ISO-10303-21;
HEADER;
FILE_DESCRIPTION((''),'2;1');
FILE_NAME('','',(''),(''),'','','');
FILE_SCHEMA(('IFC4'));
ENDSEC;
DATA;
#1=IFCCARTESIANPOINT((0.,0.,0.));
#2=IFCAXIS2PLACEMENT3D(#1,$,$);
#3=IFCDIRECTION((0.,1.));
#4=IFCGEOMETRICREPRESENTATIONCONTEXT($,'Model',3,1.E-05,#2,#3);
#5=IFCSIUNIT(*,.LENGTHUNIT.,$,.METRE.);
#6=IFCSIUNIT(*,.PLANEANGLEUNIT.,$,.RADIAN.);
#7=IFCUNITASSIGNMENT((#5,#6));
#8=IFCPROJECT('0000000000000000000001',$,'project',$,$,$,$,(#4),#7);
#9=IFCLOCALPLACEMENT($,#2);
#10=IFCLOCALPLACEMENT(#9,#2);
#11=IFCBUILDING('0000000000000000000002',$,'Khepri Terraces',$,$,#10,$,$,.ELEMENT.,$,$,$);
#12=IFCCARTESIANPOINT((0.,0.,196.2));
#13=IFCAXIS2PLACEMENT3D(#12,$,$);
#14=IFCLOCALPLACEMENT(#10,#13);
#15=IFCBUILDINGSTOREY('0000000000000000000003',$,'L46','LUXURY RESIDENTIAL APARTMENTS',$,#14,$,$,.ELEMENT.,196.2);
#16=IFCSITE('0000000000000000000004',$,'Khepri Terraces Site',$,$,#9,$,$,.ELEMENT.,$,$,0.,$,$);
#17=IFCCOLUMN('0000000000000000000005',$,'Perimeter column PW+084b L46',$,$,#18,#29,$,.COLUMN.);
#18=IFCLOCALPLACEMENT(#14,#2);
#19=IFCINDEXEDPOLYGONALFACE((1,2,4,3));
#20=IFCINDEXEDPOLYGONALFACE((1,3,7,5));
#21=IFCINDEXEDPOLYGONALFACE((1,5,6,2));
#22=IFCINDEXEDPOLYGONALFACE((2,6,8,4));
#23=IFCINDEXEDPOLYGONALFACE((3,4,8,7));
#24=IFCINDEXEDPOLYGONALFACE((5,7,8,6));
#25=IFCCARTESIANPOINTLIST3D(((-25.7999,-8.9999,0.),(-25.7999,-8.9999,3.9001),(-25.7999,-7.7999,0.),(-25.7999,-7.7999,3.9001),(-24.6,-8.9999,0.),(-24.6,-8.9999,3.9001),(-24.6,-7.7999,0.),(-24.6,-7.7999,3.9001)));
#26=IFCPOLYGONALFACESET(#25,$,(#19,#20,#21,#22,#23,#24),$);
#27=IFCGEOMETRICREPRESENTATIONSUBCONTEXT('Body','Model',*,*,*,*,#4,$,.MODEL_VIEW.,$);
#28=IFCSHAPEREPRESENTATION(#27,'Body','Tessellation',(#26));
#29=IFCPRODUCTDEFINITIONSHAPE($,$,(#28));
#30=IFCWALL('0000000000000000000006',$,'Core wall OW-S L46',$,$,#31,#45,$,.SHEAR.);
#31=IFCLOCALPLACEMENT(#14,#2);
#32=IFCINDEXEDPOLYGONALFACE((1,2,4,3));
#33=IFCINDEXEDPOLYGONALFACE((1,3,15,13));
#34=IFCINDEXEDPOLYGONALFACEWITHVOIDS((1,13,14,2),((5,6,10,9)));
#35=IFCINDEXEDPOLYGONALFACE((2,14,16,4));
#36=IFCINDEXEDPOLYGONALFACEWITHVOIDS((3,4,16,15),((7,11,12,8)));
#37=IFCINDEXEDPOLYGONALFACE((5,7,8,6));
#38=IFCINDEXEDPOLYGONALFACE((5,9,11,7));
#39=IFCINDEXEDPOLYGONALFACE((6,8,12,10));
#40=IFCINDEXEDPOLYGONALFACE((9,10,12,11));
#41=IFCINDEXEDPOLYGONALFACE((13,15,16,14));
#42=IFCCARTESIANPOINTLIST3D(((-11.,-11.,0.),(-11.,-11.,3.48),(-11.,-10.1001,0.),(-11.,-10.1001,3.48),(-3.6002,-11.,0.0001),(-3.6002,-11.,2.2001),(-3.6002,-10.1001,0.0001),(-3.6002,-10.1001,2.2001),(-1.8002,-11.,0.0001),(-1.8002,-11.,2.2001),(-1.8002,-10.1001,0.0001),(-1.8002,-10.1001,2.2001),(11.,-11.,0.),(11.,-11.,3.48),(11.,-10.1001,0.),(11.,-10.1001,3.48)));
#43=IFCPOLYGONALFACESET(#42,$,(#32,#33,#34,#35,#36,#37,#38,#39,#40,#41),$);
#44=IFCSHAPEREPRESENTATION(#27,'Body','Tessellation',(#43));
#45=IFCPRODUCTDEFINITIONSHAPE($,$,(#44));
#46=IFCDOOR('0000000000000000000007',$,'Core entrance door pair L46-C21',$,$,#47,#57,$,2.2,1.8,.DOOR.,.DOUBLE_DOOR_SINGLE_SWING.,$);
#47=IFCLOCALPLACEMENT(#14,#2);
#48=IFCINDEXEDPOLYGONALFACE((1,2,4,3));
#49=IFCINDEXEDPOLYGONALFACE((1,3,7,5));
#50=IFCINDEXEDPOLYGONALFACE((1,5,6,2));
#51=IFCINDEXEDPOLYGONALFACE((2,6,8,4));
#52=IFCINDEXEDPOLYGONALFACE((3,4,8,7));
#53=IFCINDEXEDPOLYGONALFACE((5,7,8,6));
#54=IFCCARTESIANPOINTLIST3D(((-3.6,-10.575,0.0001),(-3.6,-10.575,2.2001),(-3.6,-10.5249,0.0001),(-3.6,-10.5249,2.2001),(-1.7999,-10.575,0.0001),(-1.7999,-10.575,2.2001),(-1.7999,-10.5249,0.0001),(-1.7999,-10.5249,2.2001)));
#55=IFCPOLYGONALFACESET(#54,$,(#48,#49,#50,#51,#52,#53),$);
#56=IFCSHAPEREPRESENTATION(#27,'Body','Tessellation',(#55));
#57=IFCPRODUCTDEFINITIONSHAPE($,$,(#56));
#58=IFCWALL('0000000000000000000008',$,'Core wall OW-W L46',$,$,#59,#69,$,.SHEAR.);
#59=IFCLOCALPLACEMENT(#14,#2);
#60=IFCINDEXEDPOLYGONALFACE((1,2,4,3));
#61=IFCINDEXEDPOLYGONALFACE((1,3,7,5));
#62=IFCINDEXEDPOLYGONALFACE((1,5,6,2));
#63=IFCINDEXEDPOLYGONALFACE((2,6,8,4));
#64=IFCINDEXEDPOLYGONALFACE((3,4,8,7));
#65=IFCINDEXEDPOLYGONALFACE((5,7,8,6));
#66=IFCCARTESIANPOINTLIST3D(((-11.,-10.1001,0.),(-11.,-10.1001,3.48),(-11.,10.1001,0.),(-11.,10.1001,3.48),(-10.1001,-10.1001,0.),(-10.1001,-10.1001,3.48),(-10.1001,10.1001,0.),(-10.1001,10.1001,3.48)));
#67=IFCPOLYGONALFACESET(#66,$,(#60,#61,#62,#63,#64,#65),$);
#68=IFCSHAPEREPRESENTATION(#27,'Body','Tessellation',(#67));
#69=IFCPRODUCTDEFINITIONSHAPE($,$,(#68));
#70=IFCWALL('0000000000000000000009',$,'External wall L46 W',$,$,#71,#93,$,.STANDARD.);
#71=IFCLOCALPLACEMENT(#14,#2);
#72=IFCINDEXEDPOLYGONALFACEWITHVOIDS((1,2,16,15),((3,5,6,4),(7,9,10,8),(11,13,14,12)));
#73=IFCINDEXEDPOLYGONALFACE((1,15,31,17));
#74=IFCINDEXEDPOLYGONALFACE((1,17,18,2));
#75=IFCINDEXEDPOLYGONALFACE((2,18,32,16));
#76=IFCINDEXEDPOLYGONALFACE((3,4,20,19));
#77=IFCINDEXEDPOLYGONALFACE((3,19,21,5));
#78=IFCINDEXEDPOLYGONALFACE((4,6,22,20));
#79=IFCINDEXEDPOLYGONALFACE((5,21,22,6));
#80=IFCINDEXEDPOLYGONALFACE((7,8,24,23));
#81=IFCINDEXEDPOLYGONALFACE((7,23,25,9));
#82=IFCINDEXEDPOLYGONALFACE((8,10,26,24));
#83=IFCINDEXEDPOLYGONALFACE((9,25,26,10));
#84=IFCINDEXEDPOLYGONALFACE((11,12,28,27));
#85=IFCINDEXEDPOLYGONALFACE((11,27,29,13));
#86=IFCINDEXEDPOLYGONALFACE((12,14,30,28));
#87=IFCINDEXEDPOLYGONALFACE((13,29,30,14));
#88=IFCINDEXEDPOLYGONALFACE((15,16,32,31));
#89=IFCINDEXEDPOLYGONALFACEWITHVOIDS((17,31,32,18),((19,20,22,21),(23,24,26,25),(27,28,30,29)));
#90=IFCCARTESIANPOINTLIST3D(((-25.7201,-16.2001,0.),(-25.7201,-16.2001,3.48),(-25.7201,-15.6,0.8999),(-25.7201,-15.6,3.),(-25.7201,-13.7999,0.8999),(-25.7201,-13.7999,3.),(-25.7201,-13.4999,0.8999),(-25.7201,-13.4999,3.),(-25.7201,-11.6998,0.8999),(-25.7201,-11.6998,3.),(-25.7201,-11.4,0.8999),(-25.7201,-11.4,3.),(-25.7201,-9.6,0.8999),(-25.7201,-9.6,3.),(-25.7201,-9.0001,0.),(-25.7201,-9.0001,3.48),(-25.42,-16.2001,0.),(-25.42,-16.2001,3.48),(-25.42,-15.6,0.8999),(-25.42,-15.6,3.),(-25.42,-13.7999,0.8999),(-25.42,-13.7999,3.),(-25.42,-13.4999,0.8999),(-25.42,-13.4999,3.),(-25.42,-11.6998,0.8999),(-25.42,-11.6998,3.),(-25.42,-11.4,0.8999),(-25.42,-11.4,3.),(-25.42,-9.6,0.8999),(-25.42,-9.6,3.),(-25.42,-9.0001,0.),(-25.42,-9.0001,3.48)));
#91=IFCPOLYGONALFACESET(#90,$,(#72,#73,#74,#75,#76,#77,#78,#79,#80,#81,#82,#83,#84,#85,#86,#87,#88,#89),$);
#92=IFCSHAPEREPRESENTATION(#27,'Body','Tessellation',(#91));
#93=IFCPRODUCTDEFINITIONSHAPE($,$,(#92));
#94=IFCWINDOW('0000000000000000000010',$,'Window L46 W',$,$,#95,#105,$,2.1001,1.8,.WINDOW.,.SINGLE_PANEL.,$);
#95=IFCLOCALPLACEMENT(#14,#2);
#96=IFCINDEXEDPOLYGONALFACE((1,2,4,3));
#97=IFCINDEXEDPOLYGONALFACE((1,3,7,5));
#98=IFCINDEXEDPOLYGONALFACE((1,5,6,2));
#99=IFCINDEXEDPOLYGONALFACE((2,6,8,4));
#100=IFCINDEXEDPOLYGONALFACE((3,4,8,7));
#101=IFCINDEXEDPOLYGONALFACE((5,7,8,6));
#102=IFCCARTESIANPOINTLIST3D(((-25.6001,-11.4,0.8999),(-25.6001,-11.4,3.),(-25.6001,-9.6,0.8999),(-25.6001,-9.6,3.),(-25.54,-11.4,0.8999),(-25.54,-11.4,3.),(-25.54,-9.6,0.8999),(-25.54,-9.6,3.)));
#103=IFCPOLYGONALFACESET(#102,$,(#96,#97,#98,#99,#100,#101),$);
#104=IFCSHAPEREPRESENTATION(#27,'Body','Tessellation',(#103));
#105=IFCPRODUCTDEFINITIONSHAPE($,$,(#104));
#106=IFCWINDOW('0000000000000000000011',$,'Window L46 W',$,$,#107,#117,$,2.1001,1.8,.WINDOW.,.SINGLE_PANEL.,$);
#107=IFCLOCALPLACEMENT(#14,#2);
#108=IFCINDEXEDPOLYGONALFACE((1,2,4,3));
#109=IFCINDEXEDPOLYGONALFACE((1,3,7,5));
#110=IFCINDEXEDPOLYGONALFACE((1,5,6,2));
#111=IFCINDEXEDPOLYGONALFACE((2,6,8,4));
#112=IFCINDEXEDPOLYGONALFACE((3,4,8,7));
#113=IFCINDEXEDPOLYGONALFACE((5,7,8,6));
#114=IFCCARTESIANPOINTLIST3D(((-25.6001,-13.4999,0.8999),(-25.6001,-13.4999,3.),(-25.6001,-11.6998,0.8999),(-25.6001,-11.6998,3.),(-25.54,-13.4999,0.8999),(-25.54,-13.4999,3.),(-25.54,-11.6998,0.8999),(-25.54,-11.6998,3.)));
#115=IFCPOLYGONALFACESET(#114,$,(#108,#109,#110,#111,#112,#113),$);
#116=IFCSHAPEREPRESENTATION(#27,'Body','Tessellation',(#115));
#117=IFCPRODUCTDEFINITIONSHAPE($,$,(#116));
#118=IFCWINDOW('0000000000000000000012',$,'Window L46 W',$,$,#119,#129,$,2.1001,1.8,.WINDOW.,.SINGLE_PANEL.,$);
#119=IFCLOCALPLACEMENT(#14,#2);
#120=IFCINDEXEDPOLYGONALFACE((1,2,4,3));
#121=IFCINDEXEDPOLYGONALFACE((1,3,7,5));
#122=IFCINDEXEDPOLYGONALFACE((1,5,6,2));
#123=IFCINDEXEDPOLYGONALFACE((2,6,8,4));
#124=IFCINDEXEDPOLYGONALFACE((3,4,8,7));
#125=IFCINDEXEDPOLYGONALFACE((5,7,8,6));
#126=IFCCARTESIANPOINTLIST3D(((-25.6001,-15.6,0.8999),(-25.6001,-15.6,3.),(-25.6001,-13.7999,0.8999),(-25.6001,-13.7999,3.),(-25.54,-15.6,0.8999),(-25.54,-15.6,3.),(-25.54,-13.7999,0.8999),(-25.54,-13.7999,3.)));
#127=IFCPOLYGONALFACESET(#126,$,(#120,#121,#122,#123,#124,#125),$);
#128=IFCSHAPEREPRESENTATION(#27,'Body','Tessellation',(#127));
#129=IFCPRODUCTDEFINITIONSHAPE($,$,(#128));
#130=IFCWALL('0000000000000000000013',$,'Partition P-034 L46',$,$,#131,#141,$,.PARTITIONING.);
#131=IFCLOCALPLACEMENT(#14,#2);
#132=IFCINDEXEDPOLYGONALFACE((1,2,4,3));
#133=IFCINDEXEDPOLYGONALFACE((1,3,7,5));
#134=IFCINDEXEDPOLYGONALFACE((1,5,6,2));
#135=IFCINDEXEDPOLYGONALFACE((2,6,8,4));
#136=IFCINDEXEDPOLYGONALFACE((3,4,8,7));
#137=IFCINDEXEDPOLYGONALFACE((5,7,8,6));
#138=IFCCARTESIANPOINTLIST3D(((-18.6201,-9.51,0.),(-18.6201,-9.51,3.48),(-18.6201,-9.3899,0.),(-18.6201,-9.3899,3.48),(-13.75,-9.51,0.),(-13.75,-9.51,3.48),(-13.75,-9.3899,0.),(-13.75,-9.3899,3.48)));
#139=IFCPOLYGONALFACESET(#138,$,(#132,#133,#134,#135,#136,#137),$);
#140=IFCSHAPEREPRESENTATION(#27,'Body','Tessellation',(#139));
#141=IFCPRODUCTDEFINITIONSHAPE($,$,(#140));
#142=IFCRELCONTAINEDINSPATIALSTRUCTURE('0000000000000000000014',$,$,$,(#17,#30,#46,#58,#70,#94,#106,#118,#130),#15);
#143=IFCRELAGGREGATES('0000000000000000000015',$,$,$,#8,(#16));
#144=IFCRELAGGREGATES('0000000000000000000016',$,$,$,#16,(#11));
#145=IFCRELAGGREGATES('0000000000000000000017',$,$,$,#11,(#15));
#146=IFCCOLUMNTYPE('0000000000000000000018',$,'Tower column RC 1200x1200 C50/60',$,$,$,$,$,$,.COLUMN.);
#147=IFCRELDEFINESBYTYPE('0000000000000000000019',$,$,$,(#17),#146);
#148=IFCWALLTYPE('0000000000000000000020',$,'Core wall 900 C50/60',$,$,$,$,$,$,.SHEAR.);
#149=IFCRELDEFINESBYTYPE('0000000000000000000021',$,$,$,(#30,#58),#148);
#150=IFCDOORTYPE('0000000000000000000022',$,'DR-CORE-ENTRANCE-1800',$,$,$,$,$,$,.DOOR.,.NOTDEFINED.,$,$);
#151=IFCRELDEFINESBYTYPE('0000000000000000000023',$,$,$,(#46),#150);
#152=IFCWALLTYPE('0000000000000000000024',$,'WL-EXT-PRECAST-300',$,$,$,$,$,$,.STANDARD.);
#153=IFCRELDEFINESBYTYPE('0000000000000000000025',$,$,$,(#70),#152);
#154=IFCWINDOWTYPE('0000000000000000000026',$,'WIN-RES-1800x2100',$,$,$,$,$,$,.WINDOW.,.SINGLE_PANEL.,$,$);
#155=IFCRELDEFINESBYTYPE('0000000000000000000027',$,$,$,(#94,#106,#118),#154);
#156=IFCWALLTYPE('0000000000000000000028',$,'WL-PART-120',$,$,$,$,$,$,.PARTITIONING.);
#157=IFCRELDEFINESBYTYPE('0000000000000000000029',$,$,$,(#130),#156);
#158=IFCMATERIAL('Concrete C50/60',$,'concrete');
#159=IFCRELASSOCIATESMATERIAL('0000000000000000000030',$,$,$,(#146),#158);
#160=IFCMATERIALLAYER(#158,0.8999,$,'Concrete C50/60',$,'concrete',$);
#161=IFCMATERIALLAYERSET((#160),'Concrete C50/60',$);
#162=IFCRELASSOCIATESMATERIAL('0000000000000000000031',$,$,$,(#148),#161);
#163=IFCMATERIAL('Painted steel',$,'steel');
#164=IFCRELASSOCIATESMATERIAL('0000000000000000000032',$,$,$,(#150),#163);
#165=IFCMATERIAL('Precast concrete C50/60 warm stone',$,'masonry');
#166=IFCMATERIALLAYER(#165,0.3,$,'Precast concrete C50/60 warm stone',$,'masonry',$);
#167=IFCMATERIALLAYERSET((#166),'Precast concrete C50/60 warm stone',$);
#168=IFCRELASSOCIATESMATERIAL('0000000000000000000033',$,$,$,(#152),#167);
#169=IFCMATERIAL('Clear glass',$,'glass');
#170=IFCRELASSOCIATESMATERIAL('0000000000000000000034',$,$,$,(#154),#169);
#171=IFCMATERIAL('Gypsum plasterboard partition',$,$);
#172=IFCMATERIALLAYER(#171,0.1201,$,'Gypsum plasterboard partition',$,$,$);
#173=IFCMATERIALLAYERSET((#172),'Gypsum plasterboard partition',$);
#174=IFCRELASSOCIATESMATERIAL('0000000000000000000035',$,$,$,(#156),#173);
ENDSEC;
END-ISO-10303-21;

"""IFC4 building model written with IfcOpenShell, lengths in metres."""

from ifc_helpers import new_model, si_unit, direction, frame, frame_2d, origin, origin_2d, place, context, subcontext, project, spatial, rectangle, extrude, material, layer, layer_set, material_profile, profile_set, type_object, element, fill, save


model = new_model("IFC4")

# Units and contexts
model_context = context("Model", 3, precision=1e-05, world=origin(), true_north=direction((0.0, 1.0)))
body_context = subcontext(model_context, "Body", "Model", "MODEL_VIEW")
ifc_project = project(units=[si_unit("LENGTHUNIT", "METRE"), si_unit("PLANEANGLEUNIT", "RADIAN")], contexts=[model_context])

# Site, building, storey
site_placement = place(None, origin())
site = spatial("IfcSite", under=ifc_project, at=site_placement, Name="Khepri Terraces Site", CompositionType="ELEMENT", RefElevation=0.0)
building_placement = place(site_placement, origin())
building = spatial("IfcBuilding", under=site, at=building_placement, Name="Khepri Terraces", CompositionType="ELEMENT")
storey_placement = place(building_placement, frame((0.0, 0.0, 196.2)))
storey = spatial("IfcBuildingStorey", under=building, at=storey_placement, Name="L46", Description="LUXURY RESIDENTIAL APARTMENTS", CompositionType="ELEMENT", Elevation=196.2)

# Column
ifc_material_1 = material(Name="Concrete C50/60", Category="concrete")
ifc_material_profile = material_profile(ifc_material_1, rectangle(XDim=1.2, YDim=1.2, at=origin_2d()), Name="Concrete C50/60", Category="concrete")
ifc_profile_set = profile_set([ifc_material_profile], Name="Concrete C50/60")
column_type = type_object("IfcColumnType", Name="Tower column RC 1200x1200 C50/60", PredefinedType="COLUMN", material=ifc_profile_set)
column_placement = place(storey_placement, frame((-25.2, -8.3999, 0.0), z_axis=(0.0, 0.0, 1.0), x_axis=(1.0, 0.0, 0.0)))
element("IfcColumn", 1, at=column_placement, inside=storey, type_object=column_type, Name="Perimeter column PW+084b L46", PredefinedType="COLUMN", context=body_context, shape_type="SweptSolid", body=[
    extrude(rectangle(XDim=1.2, YDim=1.2, at=origin_2d()), origin(), (0.0, 0.0, 1.0), 3.9001),
])

# Wall, opening, door
ifc_layer_1 = layer(ifc_material_1, 0.8999, Name="Concrete C50/60", Category="concrete")
ifc_layer_set_1 = layer_set([ifc_layer_1], Name="Concrete C50/60")
wall_type_1 = type_object("IfcWallType", Name="Core wall 900 C50/60", PredefinedType="SHEAR", material=ifc_layer_set_1)
wall_1_placement = place(storey_placement, frame((-11.0, -10.55, 0.0), z_axis=(0.0, 0.0, 1.0), x_axis=(1.0, 0.0, 0.0)))
wall_1 = element("IfcWall", 2, at=wall_1_placement, inside=storey, type_object=wall_type_1, Name="Core wall OW-S L46", PredefinedType="SHEAR", context=body_context, shape_type="SweptSolid", body=[
    extrude(rectangle(XDim=22.0, YDim=0.8999, at=frame_2d((11.0, 0.0))), origin(), (0.0, 0.0, 1.0), 3.48),
])
opening_1_placement = place(wall_1_placement, frame((7.3999, 0.0, 0.0)))
opening_1 = element("IfcOpeningElement", 3, at=opening_1_placement, cuts=wall_1, PredefinedType="OPENING", context=body_context, shape_type="SweptSolid", body=[
    extrude(rectangle(XDim=1.8, YDim=2.2, at=frame_2d((0.8999, 1.1001))), frame((0.0, 0.46, 0.0), z_axis=(0.0, -1.0, 0.0), x_axis=(1.0, 0.0, 0.0)), (0.0, 0.0, 1.0), 0.9199),
])
ifc_material_2 = material(Name="Painted steel", Category="steel")
door_type_1 = type_object("IfcDoorType", Name="DR-CORE-ENTRANCE-1800", OperationType="NOTDEFINED", PredefinedType="DOOR", material=ifc_material_2)
door_1_placement = place(opening_1_placement, frame((1.8, 0.0, 0.0), z_axis=(0.0, 0.0, 1.0), x_axis=(-1.0, 0.0, 0.0)))
door_1 = element("IfcDoor", 4, at=door_1_placement, inside=storey, type_object=door_type_1, Name="Core entrance door pair L46-C21", OperationType="DOUBLE_DOOR_SINGLE_SWING", OverallHeight=2.2, OverallWidth=1.8, PredefinedType="DOOR", context=body_context, shape_type="SweptSolid", body=[
    extrude(rectangle(XDim=1.8, YDim=2.2, at=frame_2d((0.8999, 1.1001))), frame((0.0, 0.0249, 0.0), z_axis=(0.0, -1.0, 0.0), x_axis=(1.0, 0.0, 0.0)), (0.0, 0.0, 1.0), 0.05),
])
fill(opening_1, door_1)

# Wall
wall_2_placement = place(storey_placement, frame((-10.55, -10.1001, 0.0), z_axis=(0.0, 0.0, 1.0), x_axis=(0.0, 1.0, 0.0)))
element("IfcWall", 5, at=wall_2_placement, inside=storey, type_object=wall_type_1, Name="Core wall OW-W L46", PredefinedType="SHEAR", context=body_context, shape_type="SweptSolid", body=[
    extrude(rectangle(XDim=20.2002, YDim=0.8999, at=frame_2d((10.1001, 0.0))), origin(), (0.0, 0.0, 1.0), 3.48),
])

# Shared definitions
ifc_material_3 = material(Name="Precast concrete C50/60 warm stone", Category="masonry")
ifc_layer_2 = layer(ifc_material_3, 0.3, Name="Precast concrete C50/60 warm stone", Category="masonry")
ifc_layer_set_2 = layer_set([ifc_layer_2], Name="Precast concrete C50/60 warm stone")
wall_type_2 = type_object("IfcWallType", Name="WL-EXT-PRECAST-300", PredefinedType="STANDARD", material=ifc_layer_set_2)
ifc_material_4 = material(Name="Clear glass", Category="glass")
window_type = type_object("IfcWindowType", Name="WIN-RES-1800x2100", PartitioningType="SINGLE_PANEL", PredefinedType="WINDOW", material=ifc_material_4)

# Wall, openings, windows
wall_3_placement = place(storey_placement, frame((-25.5701, -9.0, 0.0), z_axis=(0.0, 0.0, 1.0), x_axis=(0.0, -1.0, 0.0)))
wall_3 = element("IfcWall", 6, at=wall_3_placement, inside=storey, type_object=wall_type_2, Name="External wall L46 W", PredefinedType="STANDARD", context=body_context, shape_type="SweptSolid", body=[
    extrude(rectangle(XDim=7.2, YDim=0.3, at=frame_2d((3.6001, 0.0))), origin(), (0.0, 0.0, 1.0), 3.48),
])
opening_2_placement = place(wall_3_placement, frame((0.6001, 0.0, 0.8999)))
opening_2 = element("IfcOpeningElement", 7, at=opening_2_placement, cuts=wall_3, PredefinedType="OPENING", context=body_context, shape_type="SweptSolid", body=[
    extrude(rectangle(XDim=1.8, YDim=2.1001, at=frame_2d((0.8999, 1.05))), frame((0.0, 0.1602, 0.0), z_axis=(0.0, -1.0, 0.0), x_axis=(1.0, 0.0, 0.0)), (0.0, 0.0, 1.0), 0.3201),
])
opening_3_placement = place(wall_3_placement, frame((2.7, 0.0, 0.8999)))
opening_3 = element("IfcOpeningElement", 8, at=opening_3_placement, cuts=wall_3, PredefinedType="OPENING", context=body_context, shape_type="SweptSolid", body=[
    extrude(rectangle(XDim=1.8, YDim=2.1001, at=frame_2d((0.8999, 1.05))), frame((0.0, 0.1602, 0.0), z_axis=(0.0, -1.0, 0.0), x_axis=(1.0, 0.0, 0.0)), (0.0, 0.0, 1.0), 0.3201),
])
opening_4_placement = place(wall_3_placement, frame((4.8, 0.0, 0.8999)))
opening_4 = element("IfcOpeningElement", 9, at=opening_4_placement, cuts=wall_3, PredefinedType="OPENING", context=body_context, shape_type="SweptSolid", body=[
    extrude(rectangle(XDim=1.8, YDim=2.1001, at=frame_2d((0.8999, 1.05))), frame((0.0, 0.1602, 0.0), z_axis=(0.0, -1.0, 0.0), x_axis=(1.0, 0.0, 0.0)), (0.0, 0.0, 1.0), 0.3201),
])
window_1_placement = place(opening_2_placement, origin())
window_1 = element("IfcWindow", 10, at=window_1_placement, inside=storey, type_object=window_type, Name="Window L46 W", OverallHeight=2.1001, OverallWidth=1.8, PartitioningType="SINGLE_PANEL", PredefinedType="WINDOW", context=body_context, shape_type="SweptSolid", body=[
    extrude(rectangle(XDim=1.8, YDim=2.1001, at=frame_2d((0.8999, 1.05))), frame((0.0, 0.03, 0.0), z_axis=(0.0, -1.0, 0.0), x_axis=(1.0, 0.0, 0.0)), (0.0, 0.0, 1.0), 0.0601),
])
fill(opening_2, window_1)
window_2_placement = place(opening_3_placement, origin())
window_2 = element("IfcWindow", 11, at=window_2_placement, inside=storey, type_object=window_type, Name="Window L46 W", OverallHeight=2.1001, OverallWidth=1.8, PartitioningType="SINGLE_PANEL", PredefinedType="WINDOW", context=body_context, shape_type="SweptSolid", body=[
    extrude(rectangle(XDim=1.8, YDim=2.1001, at=frame_2d((0.8999, 1.05))), frame((0.0, 0.03, 0.0), z_axis=(0.0, -1.0, 0.0), x_axis=(1.0, 0.0, 0.0)), (0.0, 0.0, 1.0), 0.0601),
])
fill(opening_3, window_2)
window_3_placement = place(opening_4_placement, origin())
window_3 = element("IfcWindow", 12, at=window_3_placement, inside=storey, type_object=window_type, Name="Window L46 W", OverallHeight=2.1001, OverallWidth=1.8, PartitioningType="SINGLE_PANEL", PredefinedType="WINDOW", context=body_context, shape_type="SweptSolid", body=[
    extrude(rectangle(XDim=1.8, YDim=2.1001, at=frame_2d((0.8999, 1.05))), frame((0.0, 0.03, 0.0), z_axis=(0.0, -1.0, 0.0), x_axis=(1.0, 0.0, 0.0)), (0.0, 0.0, 1.0), 0.0601),
])
fill(opening_4, window_3)

# Wall
ifc_material_5 = material(Name="Gypsum plasterboard partition")
ifc_layer_3 = layer(ifc_material_5, 0.1201, Name="Gypsum plasterboard partition")
ifc_layer_set_3 = layer_set([ifc_layer_3], Name="Gypsum plasterboard partition")
wall_type_3 = type_object("IfcWallType", Name="WL-PART-120", PredefinedType="PARTITIONING", material=ifc_layer_set_3)
wall_4_placement = place(storey_placement, frame((-18.6201, -9.45, 0.0), z_axis=(0.0, 0.0, 1.0), x_axis=(1.0, 0.0, 0.0)))
element("IfcWall", 13, at=wall_4_placement, inside=storey, type_object=wall_type_3, Name="Partition P-034 L46", PredefinedType="PARTITIONING", context=body_context, shape_type="SweptSolid", body=[
    extrude(rectangle(XDim=4.8701, YDim=0.1201, at=frame_2d((2.4351, 0.0))), origin(), (0.0, 0.0, 1.0), 3.48),
])

save(model, "model.ifc")
